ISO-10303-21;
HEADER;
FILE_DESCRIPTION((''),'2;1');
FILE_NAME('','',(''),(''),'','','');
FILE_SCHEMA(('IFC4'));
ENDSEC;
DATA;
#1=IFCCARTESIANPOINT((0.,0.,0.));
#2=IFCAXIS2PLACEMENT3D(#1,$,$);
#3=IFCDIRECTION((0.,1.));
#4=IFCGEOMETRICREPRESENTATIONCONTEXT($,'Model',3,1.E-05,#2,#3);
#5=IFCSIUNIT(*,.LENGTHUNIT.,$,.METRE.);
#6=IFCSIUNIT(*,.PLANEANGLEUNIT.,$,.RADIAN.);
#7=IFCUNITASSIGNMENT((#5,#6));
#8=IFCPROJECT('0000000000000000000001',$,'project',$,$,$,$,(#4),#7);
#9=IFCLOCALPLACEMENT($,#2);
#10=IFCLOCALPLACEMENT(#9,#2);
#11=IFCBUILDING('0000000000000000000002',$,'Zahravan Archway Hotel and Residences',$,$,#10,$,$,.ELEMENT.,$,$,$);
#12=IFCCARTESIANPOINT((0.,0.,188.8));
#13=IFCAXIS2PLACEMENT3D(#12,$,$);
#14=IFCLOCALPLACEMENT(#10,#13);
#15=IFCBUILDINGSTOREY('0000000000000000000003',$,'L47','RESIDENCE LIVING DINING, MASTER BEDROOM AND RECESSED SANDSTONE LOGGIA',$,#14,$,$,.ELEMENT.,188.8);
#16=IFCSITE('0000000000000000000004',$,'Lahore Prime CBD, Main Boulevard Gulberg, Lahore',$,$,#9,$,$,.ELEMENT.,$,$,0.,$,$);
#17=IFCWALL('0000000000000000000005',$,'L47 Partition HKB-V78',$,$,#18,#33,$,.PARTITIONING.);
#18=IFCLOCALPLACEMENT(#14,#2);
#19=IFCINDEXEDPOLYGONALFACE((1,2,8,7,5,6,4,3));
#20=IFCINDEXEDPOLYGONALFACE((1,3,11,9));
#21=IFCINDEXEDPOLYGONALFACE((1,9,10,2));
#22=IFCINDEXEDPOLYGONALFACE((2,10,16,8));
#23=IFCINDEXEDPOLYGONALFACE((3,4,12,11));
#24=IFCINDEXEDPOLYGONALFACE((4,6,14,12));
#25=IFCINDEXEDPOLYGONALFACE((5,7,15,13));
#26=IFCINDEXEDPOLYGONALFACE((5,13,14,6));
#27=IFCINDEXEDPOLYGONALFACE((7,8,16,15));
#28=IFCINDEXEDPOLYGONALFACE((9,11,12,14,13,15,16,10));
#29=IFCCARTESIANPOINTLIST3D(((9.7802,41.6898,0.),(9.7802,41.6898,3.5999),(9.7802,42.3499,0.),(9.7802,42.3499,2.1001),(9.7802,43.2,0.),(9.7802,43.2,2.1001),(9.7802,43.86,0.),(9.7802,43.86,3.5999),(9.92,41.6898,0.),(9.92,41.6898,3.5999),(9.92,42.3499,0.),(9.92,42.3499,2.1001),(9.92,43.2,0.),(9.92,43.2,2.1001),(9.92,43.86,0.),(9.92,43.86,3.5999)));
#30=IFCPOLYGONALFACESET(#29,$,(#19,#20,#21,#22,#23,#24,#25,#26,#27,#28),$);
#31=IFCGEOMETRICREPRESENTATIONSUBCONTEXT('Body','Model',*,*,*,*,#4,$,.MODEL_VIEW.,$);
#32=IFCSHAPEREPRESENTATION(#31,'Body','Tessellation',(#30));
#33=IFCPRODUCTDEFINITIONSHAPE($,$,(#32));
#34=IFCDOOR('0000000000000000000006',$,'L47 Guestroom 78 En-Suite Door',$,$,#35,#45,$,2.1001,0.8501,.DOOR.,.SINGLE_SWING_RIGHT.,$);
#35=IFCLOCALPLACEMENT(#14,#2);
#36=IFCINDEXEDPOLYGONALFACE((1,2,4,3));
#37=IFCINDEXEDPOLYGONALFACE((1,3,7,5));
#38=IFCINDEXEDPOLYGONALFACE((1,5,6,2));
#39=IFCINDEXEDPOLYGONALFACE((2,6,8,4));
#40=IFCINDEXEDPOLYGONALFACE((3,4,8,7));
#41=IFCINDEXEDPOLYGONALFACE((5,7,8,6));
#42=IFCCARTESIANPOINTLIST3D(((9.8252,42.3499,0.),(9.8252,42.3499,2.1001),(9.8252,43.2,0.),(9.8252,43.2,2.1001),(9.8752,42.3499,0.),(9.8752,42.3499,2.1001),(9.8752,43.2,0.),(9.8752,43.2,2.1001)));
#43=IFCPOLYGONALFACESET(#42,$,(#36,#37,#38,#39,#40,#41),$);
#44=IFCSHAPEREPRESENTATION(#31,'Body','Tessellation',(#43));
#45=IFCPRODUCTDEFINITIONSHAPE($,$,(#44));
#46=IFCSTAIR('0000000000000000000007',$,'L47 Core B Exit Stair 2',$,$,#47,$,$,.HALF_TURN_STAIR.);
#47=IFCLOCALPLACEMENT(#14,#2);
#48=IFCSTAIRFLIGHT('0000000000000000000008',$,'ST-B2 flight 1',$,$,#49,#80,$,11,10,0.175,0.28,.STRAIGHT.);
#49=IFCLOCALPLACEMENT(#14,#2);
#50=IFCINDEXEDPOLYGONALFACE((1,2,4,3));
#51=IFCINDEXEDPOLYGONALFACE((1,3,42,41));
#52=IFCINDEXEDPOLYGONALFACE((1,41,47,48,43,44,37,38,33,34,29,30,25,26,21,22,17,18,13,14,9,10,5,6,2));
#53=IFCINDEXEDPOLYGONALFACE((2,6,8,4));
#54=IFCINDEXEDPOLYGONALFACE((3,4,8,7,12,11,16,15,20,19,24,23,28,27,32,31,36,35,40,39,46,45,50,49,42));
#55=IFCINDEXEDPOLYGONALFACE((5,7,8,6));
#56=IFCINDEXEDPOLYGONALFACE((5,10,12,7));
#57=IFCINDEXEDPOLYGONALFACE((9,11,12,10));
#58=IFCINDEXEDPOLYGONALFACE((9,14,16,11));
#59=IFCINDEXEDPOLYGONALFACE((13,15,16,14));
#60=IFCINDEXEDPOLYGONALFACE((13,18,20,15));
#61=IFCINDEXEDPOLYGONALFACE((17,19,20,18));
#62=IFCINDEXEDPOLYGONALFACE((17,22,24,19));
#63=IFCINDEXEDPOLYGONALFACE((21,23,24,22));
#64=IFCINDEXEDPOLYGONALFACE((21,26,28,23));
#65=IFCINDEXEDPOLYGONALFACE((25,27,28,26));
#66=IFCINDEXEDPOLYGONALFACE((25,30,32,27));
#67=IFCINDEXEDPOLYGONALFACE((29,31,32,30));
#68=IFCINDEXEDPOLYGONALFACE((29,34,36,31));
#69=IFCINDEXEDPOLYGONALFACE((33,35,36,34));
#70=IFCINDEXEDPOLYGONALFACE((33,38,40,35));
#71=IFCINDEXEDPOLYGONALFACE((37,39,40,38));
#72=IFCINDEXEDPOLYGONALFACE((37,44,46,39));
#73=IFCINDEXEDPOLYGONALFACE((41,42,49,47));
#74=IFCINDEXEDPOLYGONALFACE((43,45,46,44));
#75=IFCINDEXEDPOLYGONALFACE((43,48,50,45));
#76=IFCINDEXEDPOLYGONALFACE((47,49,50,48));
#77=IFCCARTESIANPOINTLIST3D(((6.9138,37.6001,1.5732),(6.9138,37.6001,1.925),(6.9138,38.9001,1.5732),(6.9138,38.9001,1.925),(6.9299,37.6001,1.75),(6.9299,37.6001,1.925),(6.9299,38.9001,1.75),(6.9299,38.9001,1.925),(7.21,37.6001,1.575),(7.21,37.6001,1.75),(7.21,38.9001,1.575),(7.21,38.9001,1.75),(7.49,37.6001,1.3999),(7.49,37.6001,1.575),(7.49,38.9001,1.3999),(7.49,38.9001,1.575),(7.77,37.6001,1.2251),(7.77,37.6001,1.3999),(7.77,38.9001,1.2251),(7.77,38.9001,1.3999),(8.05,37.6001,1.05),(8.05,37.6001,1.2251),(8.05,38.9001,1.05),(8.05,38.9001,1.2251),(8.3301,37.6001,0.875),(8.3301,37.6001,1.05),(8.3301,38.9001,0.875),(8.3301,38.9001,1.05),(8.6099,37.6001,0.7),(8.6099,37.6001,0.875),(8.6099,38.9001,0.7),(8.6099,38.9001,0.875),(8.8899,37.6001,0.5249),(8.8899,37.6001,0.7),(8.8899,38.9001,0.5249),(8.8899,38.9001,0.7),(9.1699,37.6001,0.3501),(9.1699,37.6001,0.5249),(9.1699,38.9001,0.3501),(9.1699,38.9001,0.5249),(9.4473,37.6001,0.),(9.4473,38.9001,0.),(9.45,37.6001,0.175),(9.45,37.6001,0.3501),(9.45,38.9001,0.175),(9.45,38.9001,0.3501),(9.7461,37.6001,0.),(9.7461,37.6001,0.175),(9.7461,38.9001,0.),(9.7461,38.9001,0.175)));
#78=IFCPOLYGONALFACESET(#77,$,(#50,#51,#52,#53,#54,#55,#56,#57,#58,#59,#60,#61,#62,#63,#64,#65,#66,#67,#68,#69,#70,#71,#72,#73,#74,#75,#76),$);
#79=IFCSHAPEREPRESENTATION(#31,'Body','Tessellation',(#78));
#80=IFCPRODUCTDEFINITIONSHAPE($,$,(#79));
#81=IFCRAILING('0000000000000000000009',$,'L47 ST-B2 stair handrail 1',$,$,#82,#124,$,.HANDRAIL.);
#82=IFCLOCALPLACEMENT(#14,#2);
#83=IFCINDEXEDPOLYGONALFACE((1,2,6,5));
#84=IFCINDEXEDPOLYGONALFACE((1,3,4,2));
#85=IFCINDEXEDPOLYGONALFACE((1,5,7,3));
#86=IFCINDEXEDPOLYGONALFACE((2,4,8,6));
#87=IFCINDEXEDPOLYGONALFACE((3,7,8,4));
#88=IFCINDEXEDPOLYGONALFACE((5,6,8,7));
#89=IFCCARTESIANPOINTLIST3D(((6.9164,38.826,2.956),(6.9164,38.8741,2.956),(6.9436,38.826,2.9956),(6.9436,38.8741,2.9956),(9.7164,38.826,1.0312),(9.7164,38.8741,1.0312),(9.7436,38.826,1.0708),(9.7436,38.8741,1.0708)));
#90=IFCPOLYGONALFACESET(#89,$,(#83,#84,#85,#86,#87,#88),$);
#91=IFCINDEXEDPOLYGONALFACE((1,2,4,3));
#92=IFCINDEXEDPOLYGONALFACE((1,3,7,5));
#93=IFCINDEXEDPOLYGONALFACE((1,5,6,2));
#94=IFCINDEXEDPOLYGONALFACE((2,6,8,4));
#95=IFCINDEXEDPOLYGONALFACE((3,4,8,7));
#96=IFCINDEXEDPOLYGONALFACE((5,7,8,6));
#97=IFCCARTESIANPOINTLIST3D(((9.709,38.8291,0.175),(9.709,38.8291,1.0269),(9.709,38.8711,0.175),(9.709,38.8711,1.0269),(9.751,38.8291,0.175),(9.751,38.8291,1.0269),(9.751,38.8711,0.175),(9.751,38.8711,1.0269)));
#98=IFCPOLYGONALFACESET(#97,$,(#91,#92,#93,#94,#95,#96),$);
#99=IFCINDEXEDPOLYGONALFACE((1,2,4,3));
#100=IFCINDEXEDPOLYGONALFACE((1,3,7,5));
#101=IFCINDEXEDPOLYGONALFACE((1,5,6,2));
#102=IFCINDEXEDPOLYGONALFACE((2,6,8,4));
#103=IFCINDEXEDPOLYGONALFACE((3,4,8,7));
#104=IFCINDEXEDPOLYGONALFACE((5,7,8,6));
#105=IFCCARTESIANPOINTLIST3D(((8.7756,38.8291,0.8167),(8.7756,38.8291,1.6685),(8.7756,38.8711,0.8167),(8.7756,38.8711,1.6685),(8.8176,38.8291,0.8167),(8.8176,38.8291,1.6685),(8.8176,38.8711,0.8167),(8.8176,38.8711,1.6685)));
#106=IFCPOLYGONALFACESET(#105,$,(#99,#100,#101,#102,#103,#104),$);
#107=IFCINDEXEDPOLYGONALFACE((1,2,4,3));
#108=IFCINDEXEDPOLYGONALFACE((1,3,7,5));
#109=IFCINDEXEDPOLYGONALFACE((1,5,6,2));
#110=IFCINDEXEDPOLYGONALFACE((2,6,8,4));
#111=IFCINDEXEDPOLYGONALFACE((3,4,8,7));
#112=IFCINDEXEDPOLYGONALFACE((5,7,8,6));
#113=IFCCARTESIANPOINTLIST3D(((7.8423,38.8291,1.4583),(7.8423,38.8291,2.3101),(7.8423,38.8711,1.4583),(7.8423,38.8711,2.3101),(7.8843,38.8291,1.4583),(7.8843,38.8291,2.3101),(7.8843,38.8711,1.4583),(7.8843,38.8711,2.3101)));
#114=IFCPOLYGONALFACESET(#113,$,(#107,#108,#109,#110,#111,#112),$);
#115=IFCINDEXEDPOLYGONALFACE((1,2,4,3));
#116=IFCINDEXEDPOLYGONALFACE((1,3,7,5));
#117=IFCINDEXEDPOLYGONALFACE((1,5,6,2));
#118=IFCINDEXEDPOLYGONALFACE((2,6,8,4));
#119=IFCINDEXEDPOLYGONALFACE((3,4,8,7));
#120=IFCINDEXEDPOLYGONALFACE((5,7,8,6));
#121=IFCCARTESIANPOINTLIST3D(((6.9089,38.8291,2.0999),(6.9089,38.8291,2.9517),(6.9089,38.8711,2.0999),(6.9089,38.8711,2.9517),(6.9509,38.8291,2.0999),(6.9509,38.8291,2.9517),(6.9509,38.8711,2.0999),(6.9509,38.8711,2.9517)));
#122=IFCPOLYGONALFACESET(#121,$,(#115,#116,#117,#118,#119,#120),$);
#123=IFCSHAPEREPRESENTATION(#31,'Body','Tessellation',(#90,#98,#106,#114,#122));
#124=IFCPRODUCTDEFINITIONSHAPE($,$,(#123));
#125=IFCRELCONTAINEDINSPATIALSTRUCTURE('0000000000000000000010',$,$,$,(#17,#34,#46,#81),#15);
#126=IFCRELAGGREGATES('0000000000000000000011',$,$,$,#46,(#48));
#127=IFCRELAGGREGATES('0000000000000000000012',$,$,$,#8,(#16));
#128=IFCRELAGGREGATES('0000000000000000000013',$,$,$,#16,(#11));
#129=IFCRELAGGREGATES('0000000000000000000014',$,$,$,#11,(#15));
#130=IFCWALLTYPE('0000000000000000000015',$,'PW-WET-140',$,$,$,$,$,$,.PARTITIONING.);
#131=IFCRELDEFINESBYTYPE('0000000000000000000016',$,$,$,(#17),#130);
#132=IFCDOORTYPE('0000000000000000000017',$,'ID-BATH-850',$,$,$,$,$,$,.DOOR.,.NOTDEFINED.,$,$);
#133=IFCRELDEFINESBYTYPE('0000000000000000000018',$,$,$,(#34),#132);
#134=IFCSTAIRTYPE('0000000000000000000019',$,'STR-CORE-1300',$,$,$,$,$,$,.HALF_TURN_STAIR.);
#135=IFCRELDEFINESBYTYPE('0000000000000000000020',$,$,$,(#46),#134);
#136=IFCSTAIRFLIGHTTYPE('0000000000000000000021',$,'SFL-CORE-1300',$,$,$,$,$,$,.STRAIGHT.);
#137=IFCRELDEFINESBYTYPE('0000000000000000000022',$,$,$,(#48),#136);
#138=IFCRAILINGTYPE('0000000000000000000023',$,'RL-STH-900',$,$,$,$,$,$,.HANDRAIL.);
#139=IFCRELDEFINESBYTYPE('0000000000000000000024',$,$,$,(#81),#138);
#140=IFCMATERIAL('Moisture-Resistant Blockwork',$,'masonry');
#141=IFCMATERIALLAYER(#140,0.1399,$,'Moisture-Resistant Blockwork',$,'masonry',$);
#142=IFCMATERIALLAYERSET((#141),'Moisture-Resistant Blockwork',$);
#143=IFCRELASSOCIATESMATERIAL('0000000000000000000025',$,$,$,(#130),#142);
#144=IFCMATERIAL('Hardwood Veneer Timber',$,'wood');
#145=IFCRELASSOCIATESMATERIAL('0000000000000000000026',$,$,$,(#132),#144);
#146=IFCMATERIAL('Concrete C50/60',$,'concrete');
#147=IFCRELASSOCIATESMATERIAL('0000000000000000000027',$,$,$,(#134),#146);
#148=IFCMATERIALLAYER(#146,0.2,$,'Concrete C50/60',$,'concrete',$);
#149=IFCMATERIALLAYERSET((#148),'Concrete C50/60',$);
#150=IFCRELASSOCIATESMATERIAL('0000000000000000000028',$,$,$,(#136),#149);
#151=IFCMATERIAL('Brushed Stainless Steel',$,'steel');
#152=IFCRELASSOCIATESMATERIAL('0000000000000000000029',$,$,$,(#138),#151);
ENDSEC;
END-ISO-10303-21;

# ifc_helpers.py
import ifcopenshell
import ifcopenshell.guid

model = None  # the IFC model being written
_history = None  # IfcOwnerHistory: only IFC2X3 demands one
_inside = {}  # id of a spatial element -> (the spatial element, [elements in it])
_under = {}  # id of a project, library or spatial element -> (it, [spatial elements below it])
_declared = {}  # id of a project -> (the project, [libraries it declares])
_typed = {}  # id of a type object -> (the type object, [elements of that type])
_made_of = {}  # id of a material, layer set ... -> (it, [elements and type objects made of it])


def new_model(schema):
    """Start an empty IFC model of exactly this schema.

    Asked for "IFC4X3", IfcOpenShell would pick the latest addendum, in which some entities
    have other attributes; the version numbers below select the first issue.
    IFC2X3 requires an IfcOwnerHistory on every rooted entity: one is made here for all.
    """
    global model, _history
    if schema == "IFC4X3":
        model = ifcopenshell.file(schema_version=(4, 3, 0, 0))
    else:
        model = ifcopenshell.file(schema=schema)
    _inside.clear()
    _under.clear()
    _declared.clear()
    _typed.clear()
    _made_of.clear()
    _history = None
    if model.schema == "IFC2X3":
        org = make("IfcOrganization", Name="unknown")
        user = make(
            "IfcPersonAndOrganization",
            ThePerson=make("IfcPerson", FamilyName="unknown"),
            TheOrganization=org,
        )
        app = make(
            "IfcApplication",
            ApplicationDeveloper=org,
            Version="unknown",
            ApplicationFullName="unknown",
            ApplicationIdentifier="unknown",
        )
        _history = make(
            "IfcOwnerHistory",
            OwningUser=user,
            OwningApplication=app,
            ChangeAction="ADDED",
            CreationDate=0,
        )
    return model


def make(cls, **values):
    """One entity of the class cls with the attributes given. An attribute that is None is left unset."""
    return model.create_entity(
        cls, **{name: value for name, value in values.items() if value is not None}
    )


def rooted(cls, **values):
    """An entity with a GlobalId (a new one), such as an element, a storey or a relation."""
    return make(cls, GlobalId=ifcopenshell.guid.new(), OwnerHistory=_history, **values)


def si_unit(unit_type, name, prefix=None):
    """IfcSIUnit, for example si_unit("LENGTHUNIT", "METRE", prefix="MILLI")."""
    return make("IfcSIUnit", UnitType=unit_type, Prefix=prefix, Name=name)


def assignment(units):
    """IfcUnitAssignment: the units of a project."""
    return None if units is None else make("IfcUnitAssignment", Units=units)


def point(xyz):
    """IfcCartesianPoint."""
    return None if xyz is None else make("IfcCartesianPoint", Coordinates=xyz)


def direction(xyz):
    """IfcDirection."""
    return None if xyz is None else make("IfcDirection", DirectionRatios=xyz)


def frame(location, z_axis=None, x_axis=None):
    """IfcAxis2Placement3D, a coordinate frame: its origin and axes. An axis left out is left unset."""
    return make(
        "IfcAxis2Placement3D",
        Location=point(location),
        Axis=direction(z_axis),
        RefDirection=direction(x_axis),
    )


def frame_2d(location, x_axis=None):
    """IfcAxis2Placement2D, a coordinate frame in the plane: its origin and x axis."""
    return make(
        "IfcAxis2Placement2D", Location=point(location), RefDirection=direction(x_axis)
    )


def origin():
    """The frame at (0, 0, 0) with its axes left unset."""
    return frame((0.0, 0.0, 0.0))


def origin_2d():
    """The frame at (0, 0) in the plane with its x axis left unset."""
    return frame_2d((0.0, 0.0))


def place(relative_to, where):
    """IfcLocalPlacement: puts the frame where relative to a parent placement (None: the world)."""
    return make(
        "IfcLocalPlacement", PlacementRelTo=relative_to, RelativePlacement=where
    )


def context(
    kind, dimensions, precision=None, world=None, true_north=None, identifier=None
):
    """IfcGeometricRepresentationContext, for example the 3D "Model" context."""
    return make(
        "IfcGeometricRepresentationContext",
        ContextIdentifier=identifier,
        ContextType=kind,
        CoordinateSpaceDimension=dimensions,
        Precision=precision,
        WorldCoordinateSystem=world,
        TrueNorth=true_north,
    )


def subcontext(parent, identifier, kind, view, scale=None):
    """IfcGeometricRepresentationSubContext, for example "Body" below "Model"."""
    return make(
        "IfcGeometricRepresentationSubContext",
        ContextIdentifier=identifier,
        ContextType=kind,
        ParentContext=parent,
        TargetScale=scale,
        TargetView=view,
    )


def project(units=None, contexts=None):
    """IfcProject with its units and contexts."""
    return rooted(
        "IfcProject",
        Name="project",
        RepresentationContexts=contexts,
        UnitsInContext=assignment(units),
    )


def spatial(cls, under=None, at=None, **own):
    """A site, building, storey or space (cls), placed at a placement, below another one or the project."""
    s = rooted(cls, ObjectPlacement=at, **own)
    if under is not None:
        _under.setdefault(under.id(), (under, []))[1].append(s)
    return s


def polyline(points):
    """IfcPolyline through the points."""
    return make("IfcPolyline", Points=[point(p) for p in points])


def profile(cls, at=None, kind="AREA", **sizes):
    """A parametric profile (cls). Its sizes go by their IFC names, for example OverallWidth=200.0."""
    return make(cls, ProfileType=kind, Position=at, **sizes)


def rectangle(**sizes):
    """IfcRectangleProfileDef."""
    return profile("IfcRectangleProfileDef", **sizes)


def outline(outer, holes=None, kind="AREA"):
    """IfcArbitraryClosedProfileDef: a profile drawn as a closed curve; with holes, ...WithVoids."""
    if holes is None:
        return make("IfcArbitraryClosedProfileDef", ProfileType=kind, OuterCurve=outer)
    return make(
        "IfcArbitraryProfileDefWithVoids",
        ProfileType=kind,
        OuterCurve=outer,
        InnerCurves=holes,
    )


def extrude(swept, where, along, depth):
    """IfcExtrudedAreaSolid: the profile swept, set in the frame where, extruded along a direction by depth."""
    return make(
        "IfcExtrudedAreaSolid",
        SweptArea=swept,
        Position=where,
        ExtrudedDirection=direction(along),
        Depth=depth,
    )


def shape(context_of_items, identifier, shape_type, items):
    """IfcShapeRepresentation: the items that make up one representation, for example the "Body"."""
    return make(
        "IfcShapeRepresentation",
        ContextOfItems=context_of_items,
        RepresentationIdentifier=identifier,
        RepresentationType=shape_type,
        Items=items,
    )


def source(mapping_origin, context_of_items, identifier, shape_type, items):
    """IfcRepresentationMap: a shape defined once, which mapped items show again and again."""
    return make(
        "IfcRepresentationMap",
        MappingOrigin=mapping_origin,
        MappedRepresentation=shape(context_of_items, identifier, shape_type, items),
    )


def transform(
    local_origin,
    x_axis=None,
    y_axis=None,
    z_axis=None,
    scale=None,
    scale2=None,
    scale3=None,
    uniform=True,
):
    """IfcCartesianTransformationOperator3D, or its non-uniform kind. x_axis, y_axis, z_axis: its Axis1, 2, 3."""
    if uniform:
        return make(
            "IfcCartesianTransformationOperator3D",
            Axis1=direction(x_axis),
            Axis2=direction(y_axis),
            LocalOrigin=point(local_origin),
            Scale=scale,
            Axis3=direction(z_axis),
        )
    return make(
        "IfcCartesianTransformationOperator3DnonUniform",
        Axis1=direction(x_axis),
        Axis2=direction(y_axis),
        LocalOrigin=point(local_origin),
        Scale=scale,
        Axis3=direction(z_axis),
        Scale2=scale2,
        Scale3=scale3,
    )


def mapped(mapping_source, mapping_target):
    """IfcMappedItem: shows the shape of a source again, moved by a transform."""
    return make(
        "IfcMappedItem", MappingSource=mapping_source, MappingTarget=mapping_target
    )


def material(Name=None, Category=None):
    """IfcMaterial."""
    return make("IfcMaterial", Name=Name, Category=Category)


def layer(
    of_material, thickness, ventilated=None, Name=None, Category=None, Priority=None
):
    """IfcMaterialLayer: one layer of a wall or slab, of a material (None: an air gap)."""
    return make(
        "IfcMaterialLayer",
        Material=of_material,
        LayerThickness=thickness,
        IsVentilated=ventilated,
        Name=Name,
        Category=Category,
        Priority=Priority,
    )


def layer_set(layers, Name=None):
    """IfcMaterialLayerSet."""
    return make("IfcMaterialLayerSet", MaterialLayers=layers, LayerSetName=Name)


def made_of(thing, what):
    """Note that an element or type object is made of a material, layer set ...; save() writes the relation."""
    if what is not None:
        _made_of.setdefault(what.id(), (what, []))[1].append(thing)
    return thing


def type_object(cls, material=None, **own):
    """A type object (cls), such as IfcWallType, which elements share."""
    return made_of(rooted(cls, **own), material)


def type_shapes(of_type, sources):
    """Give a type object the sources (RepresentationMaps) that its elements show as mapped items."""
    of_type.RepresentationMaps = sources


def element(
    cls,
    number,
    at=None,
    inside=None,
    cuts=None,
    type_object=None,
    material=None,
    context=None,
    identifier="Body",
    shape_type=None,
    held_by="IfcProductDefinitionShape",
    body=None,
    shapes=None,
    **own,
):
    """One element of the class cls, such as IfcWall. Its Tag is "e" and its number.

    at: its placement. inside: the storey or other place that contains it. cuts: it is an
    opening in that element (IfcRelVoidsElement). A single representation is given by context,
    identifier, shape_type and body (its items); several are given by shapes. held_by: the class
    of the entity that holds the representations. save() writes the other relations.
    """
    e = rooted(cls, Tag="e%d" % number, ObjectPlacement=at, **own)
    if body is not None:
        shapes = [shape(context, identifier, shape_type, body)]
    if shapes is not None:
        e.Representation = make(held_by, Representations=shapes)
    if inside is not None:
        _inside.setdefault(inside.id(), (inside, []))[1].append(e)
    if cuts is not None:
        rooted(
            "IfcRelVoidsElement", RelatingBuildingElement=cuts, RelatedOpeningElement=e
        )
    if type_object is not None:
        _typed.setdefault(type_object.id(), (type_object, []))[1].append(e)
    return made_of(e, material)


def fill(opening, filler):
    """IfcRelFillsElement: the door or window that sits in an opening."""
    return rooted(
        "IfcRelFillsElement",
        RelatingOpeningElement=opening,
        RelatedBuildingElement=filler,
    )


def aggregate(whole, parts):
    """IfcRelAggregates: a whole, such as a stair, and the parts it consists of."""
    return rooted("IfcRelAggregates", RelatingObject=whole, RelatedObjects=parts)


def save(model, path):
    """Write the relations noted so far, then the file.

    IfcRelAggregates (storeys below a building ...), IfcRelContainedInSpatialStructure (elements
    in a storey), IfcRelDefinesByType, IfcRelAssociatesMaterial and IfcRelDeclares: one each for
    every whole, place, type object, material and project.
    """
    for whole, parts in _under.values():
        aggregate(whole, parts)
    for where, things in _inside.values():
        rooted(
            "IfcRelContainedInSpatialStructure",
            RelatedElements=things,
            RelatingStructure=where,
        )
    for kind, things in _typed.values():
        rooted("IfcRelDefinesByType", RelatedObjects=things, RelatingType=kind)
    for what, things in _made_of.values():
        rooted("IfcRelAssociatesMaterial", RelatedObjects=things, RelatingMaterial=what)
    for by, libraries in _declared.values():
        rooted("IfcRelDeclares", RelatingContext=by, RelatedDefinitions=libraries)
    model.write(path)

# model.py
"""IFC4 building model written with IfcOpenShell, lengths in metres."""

from ifc_helpers import new_model, si_unit, direction, frame, frame_2d, origin, origin_2d, place, context, subcontext, project, spatial, polyline, rectangle, outline, extrude, source, transform, mapped, material, layer, layer_set, type_object, type_shapes, element, fill, aggregate, save


model = new_model("IFC4")

# Units and contexts
model_context = context("Model", 3, precision=1e-05, world=origin(), true_north=direction((0.0, 1.0)))
body_context = subcontext(model_context, "Body", "Model", "MODEL_VIEW")
ifc_project = project(units=[si_unit("LENGTHUNIT", "METRE"), si_unit("PLANEANGLEUNIT", "RADIAN")], contexts=[model_context])

# Site, building, storey
site_placement = place(None, origin())
site = spatial("IfcSite", under=ifc_project, at=site_placement, Name="Lahore Prime CBD, Main Boulevard Gulberg, Lahore", CompositionType="ELEMENT", RefElevation=0.0)
building_placement = place(site_placement, origin())
building = spatial("IfcBuilding", under=site, at=building_placement, Name="Zahravan Archway Hotel and Residences", CompositionType="ELEMENT")
storey_placement = place(building_placement, frame((0.0, 0.0, 188.8)))
storey = spatial("IfcBuildingStorey", under=building, at=storey_placement, Name="L47", Description="RESIDENCE LIVING DINING, MASTER BEDROOM AND RECESSED SANDSTONE LOGGIA", CompositionType="ELEMENT", Elevation=188.8)

# Shared definitions
ifc_material_1 = material(Name="Hardwood Veneer Timber", Category="wood")

# Shared definitions
ifc_material_2 = material(Name="Moisture-Resistant Blockwork", Category="masonry")
ifc_layer_1 = layer(ifc_material_2, 0.1399, Name="Moisture-Resistant Blockwork", Category="masonry")
ifc_layer_set_1 = layer_set([ifc_layer_1], Name="Moisture-Resistant Blockwork")
wall_type_1 = type_object("IfcWallType", Name="PW-WET-140", PredefinedType="PARTITIONING", material=ifc_layer_set_1)

# Wall, opening, door
wall_1_placement = place(storey_placement, frame((9.8501, 41.6899, 0.0), z_axis=(0.0, 0.0, 1.0), x_axis=(0.0, 1.0, 0.0)))
wall_1 = element("IfcWall", 1, at=wall_1_placement, inside=storey, type_object=wall_type_1, Name="L47 Partition HKB-V78", PredefinedType="PARTITIONING", context=body_context, shape_type="SweptSolid", body=[
    extrude(rectangle(XDim=2.1702, YDim=0.1399, at=frame_2d((1.085, 0.0))), origin(), (0.0, 0.0, 1.0), 3.5999),
])
opening_1_placement = place(wall_1_placement, frame((0.6599, 0.0, 0.0)))
opening_1 = element("IfcOpeningElement", 2, at=opening_1_placement, cuts=wall_1, PredefinedType="OPENING", context=body_context, shape_type="SweptSolid", body=[
    extrude(rectangle(XDim=0.8501, YDim=2.1001, at=frame_2d((0.425, 1.05))), frame((0.0, 0.0801, 0.0), z_axis=(0.0, -1.0, 0.0), x_axis=(1.0, 0.0, 0.0)), (0.0, 0.0, 1.0), 0.1599),
])
door_type_1 = type_object("IfcDoorType", Name="ID-BATH-850", OperationType="NOTDEFINED", PredefinedType="DOOR", material=ifc_material_1)
shared_shape_1 = source(origin(), body_context, "Body", "SweptSolid", [
    extrude(rectangle(XDim=0.8501, YDim=2.1001, at=frame_2d((0.425, 1.05))), frame((0.0, 0.0249, 0.0), z_axis=(0.0, -1.0, 0.0), x_axis=(1.0, 0.0, 0.0)), (0.0, 0.0, 1.0), 0.05),
])
type_shapes(door_type_1, [shared_shape_1])
door_1_placement = place(opening_1_placement, origin())
door_1 = element("IfcDoor", 3, at=door_1_placement, inside=storey, type_object=door_type_1, Name="L47 Guestroom 78 En-Suite Door", OperationType="SINGLE_SWING_RIGHT", OverallHeight=2.1001, OverallWidth=0.8501, PredefinedType="DOOR", context=body_context, shape_type="MappedRepresentation", body=[
    mapped(shared_shape_1, transform((0.0, 0.0, 0.0), scale=1.0)),
])
fill(opening_1, door_1)

# Stair, stair flight
ifc_material_3 = material(Name="Concrete C50/60", Category="concrete")
stair_type = type_object("IfcStairType", Name="STR-CORE-1300", PredefinedType="HALF_TURN_STAIR", material=ifc_material_3)
stair_placement = place(storey_placement, origin())
stair = element("IfcStair", 4, at=stair_placement, inside=storey, type_object=stair_type, Name="L47 Core B Exit Stair 2", PredefinedType="HALF_TURN_STAIR")
ifc_layer_2 = layer(ifc_material_3, 0.2, Name="Concrete C50/60", Category="concrete")
ifc_layer_set_2 = layer_set([ifc_layer_2], Name="Concrete C50/60")
stair_flight_type = type_object("IfcStairFlightType", Name="SFL-CORE-1300", PredefinedType="STRAIGHT", material=ifc_layer_set_2)
shared_shape_2 = source(origin(), body_context, "Body", "SweptSolid", [
    extrude(outline(polyline([(-0.0161, 0.0), (-0.0161, 0.175), (0.28, 0.175), (0.28, 0.3501), (0.5601, 0.3501), (0.5601, 0.5249), (0.8401, 0.5249), (0.8401, 0.7), (1.1201, 0.7), (1.1201, 0.875), (1.3999, 0.875), (1.3999, 1.05), (1.6799, 1.05), (1.6799, 1.2251), (1.96, 1.2251), (1.96, 1.3999), (2.24, 1.3999), (2.24, 1.575), (2.52, 1.575), (2.52, 1.75), (2.8, 1.75), (2.8, 1.925), (2.8162, 1.925), (2.8162, 1.5732), (0.2827, 0.0), (-0.0161, 0.0)])), frame((0.0, 0.6499, 0.0), z_axis=(0.0, -1.0, 0.0), x_axis=(1.0, 0.0, 0.0)), (0.0, 0.0, 1.0), 1.3),
])
stair_flight_placement = place(storey_placement, frame((9.73, 38.25, 0.0), z_axis=(0.0, 0.0, 1.0), x_axis=(-1.0, 0.0, 0.0)))
stair_flight = element("IfcStairFlight", 5, at=stair_flight_placement, type_object=stair_flight_type, Name="ST-B2 flight 1", NumberOfRisers=11, NumberOfTreads=10, PredefinedType="STRAIGHT", RiserHeight=0.175, TreadLength=0.28, context=body_context, shape_type="MappedRepresentation", body=[
    mapped(shared_shape_2, transform((0.0, 0.0, 0.0), scale=1.0)),
])
aggregate(stair, [stair_flight])

# Railing
ifc_material_4 = material(Name="Brushed Stainless Steel", Category="steel")
railing_type = type_object("IfcRailingType", Name="RL-STH-900", PredefinedType="HANDRAIL", material=ifc_material_4)
railing_placement = place(storey_placement, frame((9.73, 38.8501, 0.175)))
element("IfcRailing", 6, at=railing_placement, inside=storey, type_object=railing_type, Name="L47 ST-B2 stair handrail 1", PredefinedType="HANDRAIL", context=body_context, shape_type="SweptSolid", body=[
    extrude(rectangle(XDim=0.0481, YDim=0.0481, at=origin_2d()), frame((0.0, 0.0, 0.876), z_axis=(-0.824073, 0.0, 0.566483), x_axis=(0.0, -1.0, 0.0)), (0.0, 0.0, 1.0), 3.3977),
    extrude(rectangle(XDim=0.042, YDim=0.042, at=origin_2d()), origin(), (0.0, 0.0, 1.0), 0.8518),
    extrude(rectangle(XDim=0.042, YDim=0.042, at=origin_2d()), frame((-0.9333, 0.0, 0.6416)), (0.0, 0.0, 1.0), 0.8518),
    extrude(rectangle(XDim=0.042, YDim=0.042, at=origin_2d()), frame((-1.8667, 0.0, 1.2832)), (0.0, 0.0, 1.0), 0.8518),
    extrude(rectangle(XDim=0.042, YDim=0.042, at=origin_2d()), frame((-2.8, 0.0, 1.9248)), (0.0, 0.0, 1.0), 0.8518),
])

save(model, "model.ifc")
